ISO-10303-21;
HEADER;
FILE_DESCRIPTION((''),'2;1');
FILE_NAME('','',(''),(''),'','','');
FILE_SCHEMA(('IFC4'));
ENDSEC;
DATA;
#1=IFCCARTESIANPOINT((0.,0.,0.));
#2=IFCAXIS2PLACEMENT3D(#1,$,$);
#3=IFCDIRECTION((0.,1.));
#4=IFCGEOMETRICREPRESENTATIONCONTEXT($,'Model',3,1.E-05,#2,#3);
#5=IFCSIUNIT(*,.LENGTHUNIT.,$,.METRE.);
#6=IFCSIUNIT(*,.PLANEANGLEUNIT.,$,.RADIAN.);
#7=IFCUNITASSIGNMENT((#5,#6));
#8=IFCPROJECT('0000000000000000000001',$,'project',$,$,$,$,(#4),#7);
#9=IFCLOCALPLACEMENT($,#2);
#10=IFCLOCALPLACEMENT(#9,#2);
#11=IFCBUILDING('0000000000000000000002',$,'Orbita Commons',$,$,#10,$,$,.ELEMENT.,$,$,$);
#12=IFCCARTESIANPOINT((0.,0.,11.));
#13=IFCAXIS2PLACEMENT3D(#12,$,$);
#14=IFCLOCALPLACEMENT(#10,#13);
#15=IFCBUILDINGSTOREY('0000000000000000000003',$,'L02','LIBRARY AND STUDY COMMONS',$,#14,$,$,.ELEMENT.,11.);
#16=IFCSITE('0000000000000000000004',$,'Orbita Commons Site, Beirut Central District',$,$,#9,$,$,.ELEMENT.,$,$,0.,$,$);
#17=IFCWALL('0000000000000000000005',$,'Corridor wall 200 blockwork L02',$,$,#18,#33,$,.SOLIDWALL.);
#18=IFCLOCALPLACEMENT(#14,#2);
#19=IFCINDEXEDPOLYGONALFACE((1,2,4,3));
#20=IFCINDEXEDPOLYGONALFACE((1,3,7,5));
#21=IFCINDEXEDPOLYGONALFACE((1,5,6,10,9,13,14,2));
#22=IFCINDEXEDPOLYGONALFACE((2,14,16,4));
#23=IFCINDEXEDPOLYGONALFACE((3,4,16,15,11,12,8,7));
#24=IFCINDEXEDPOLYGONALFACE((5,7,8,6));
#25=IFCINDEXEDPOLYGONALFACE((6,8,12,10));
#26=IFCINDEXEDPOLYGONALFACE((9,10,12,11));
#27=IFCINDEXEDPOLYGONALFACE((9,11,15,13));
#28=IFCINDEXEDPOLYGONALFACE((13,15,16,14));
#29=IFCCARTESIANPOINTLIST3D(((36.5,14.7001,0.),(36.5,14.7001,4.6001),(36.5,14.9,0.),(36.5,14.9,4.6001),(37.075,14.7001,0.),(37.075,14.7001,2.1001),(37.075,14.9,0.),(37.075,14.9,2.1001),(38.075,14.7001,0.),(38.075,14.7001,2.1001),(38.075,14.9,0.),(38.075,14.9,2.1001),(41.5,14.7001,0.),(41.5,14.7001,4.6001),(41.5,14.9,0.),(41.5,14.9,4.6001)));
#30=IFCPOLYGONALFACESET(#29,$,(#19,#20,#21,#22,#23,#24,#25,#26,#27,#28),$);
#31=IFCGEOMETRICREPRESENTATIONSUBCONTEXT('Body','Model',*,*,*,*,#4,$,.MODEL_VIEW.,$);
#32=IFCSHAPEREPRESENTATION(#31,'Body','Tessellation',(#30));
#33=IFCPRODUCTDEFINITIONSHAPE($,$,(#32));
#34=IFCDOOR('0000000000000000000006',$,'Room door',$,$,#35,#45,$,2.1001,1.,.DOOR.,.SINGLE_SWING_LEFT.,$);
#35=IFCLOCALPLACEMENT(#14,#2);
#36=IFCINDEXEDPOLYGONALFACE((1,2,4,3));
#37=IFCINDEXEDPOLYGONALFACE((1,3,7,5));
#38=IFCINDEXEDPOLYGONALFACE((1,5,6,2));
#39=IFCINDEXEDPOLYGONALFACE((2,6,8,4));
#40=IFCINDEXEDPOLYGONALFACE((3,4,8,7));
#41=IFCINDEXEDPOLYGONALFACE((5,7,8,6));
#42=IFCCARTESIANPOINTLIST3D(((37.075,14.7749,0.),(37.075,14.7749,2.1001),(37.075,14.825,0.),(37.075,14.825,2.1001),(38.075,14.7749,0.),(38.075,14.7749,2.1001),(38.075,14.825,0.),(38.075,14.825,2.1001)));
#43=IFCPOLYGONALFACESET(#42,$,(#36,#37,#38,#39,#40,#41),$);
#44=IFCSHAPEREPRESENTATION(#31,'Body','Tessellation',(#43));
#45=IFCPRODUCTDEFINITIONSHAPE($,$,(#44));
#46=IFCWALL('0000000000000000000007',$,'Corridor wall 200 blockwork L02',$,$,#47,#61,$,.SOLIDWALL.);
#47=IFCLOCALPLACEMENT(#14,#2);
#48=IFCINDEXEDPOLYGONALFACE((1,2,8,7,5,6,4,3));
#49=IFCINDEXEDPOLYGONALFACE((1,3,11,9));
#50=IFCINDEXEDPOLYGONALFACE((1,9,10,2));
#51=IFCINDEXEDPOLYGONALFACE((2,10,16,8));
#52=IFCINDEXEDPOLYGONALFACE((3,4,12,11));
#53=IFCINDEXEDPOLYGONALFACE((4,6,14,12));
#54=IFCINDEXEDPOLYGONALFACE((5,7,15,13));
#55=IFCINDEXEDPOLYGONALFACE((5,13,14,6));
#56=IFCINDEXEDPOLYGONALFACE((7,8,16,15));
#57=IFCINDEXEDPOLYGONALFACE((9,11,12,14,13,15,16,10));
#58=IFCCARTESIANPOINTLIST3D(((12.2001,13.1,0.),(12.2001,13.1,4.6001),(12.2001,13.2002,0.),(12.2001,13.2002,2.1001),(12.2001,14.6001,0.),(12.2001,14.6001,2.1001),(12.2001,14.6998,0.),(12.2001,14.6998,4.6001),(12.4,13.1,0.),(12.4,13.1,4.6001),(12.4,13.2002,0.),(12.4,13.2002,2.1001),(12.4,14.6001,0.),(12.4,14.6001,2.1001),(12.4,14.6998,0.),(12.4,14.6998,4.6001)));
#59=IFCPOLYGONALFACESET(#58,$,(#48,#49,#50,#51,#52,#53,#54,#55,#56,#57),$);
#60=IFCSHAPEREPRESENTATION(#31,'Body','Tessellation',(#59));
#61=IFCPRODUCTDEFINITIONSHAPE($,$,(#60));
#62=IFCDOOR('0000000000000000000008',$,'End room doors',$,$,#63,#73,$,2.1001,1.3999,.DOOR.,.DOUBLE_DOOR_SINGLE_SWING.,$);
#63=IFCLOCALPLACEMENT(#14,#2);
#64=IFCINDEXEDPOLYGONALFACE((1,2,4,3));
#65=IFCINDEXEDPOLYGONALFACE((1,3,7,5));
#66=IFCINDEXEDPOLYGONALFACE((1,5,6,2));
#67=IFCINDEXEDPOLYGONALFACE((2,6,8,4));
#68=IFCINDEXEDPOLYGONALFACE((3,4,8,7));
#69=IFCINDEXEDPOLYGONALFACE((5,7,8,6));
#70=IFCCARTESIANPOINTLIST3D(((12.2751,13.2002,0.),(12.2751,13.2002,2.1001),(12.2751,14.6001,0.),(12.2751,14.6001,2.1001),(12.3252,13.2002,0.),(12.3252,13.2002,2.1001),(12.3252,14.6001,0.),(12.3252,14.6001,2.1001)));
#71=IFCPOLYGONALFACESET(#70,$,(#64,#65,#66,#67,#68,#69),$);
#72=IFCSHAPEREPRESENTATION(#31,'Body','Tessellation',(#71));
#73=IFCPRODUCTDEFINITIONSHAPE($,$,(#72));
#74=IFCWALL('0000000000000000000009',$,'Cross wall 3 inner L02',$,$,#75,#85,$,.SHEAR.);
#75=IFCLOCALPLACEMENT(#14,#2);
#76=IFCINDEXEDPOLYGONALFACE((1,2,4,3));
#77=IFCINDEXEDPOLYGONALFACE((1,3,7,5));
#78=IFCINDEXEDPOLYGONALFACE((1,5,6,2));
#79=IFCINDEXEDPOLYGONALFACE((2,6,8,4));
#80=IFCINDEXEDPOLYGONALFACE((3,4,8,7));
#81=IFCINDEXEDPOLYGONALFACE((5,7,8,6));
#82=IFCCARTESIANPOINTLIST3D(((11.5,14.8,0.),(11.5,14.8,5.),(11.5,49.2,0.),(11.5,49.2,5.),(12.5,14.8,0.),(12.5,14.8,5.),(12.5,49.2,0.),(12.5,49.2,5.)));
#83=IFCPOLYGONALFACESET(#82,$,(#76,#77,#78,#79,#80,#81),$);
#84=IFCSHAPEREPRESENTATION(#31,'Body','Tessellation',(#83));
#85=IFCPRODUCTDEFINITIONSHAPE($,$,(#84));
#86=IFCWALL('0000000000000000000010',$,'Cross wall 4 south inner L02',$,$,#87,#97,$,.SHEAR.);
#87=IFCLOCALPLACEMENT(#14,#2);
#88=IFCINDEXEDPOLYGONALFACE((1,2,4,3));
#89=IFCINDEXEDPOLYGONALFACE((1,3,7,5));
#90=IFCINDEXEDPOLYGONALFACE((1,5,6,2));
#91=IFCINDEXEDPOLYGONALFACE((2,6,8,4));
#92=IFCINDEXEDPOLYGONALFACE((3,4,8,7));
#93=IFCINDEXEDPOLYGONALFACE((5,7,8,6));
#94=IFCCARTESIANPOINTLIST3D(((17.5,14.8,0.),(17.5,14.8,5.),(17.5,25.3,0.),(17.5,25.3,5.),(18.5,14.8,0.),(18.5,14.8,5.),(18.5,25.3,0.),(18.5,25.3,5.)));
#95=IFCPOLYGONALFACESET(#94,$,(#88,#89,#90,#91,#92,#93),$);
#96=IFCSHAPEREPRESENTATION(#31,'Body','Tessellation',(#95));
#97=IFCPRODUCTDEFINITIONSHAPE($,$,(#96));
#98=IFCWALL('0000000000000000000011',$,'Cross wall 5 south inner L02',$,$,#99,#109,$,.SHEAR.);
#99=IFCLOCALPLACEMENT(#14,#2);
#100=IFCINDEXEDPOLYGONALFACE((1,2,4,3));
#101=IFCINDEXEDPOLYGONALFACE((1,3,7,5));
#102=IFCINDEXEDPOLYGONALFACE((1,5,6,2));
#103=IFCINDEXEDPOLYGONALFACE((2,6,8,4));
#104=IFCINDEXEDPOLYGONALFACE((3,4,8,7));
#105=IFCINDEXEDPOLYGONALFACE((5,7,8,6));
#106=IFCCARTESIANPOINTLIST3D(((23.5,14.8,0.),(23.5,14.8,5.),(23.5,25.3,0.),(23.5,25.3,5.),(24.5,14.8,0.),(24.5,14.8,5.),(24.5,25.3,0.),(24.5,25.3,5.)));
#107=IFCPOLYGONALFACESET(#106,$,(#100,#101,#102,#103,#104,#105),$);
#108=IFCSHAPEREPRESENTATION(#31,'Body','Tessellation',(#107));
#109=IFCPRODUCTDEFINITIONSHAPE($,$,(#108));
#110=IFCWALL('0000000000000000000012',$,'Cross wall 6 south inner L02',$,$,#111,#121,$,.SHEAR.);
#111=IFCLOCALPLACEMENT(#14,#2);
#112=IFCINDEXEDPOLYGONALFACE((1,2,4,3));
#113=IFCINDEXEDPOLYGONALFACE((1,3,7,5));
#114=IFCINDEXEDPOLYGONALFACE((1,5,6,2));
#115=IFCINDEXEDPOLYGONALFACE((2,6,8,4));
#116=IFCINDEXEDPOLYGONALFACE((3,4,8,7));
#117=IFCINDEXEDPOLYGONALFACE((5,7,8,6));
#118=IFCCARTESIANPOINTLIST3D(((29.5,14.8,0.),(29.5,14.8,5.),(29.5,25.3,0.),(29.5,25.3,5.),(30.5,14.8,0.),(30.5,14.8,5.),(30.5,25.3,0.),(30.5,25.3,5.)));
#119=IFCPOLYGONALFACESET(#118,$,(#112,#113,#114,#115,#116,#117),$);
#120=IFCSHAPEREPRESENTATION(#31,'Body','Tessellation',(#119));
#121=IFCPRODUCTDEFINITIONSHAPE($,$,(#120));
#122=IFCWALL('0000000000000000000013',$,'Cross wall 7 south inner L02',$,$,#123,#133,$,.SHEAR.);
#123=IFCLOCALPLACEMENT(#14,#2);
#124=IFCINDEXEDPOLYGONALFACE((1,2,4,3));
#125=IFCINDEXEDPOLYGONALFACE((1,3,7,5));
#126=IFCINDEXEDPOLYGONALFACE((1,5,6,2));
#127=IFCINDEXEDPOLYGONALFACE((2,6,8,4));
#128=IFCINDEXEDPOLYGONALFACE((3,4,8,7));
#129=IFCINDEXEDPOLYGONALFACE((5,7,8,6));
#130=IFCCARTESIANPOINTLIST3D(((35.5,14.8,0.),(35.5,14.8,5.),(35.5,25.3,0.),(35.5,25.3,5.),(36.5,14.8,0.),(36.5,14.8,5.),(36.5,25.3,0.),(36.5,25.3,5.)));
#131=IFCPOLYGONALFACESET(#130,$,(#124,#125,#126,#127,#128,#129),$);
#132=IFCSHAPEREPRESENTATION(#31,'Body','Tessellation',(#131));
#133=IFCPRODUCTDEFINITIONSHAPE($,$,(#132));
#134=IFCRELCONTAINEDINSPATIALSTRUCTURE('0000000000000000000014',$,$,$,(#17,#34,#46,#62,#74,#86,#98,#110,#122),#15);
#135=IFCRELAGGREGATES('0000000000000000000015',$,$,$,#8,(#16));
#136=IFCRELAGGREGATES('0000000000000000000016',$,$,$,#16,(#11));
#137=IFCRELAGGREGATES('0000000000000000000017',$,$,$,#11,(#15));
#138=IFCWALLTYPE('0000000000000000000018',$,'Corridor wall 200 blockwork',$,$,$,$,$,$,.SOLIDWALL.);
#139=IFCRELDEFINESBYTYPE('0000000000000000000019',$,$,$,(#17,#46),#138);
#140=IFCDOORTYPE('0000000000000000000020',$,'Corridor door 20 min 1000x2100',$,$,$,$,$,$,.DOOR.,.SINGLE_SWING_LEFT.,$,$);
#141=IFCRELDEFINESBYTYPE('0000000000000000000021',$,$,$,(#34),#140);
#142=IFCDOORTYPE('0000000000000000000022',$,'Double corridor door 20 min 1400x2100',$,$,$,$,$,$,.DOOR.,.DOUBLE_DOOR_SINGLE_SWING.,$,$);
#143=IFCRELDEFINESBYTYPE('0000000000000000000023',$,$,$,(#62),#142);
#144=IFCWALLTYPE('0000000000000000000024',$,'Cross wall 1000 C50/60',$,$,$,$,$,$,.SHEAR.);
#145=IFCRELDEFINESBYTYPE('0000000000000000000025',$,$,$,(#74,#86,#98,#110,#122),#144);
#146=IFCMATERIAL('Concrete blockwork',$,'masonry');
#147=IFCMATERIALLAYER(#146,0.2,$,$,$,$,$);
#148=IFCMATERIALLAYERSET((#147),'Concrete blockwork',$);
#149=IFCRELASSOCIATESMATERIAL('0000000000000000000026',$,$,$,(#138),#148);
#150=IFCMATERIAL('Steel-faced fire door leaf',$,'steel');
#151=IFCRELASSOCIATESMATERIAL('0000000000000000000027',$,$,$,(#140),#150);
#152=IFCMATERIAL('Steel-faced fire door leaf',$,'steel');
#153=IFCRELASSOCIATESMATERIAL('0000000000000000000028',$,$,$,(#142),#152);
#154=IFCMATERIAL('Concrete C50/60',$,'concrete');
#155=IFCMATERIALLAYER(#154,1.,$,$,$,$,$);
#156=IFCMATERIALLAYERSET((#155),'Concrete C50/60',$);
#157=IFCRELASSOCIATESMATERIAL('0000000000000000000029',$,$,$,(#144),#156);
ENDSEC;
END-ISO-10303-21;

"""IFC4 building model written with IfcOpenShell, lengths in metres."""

from ifc_helpers import new_model, si_unit, direction, frame, frame_2d, origin, place, context, subcontext, project, spatial, rectangle, extrude, material, layer, layer_set, type_object, element, fill, save


model = new_model("IFC4")

# Units and contexts
model_context = context("Model", 3, precision=1e-05, world=origin(), true_north=direction((0.0, 1.0)))
body_context = subcontext(model_context, "Body", "Model", "MODEL_VIEW")
ifc_project = project(units=[si_unit("LENGTHUNIT", "METRE"), si_unit("PLANEANGLEUNIT", "RADIAN")], contexts=[model_context])

# Site, building, storey
site_placement = place(None, origin())
site = spatial("IfcSite", under=ifc_project, at=site_placement, Name="Orbita Commons Site, Beirut Central District", CompositionType="ELEMENT", RefElevation=0.0)
building_placement = place(site_placement, origin())
building = spatial("IfcBuilding", under=site, at=building_placement, Name="Orbita Commons", CompositionType="ELEMENT")
storey_placement = place(building_placement, frame((0.0, 0.0, 11.0)))
storey = spatial("IfcBuildingStorey", under=building, at=storey_placement, Name="L02", Description="LIBRARY AND STUDY COMMONS", CompositionType="ELEMENT", Elevation=11.0)

# Shared definitions
ifc_material_1 = material(Name="Concrete blockwork", Category="masonry")
ifc_layer_1 = layer(ifc_material_1, 0.2)
ifc_layer_set_1 = layer_set([ifc_layer_1], Name="Concrete blockwork")
wall_type_1 = type_object("IfcWallType", Name="Corridor wall 200 blockwork", PredefinedType="SOLIDWALL", material=ifc_layer_set_1)

# Walls, openings, doors
ifc_material_2 = material(Name="Steel-faced fire door leaf", Category="steel")
door_type_1 = type_object("IfcDoorType", Name="Corridor door 20 min 1000x2100", OperationType="SINGLE_SWING_LEFT", PredefinedType="DOOR", material=ifc_material_2)
wall_1_placement = place(storey_placement, frame((36.5, 14.8, 0.0), z_axis=(0.0, 0.0, 1.0), x_axis=(1.0, 0.0, 0.0)))
wall_1 = element("IfcWall", 1, at=wall_1_placement, inside=storey, type_object=wall_type_1, Name="Corridor wall 200 blockwork L02", PredefinedType="SOLIDWALL", context=body_context, shape_type="SweptSolid", body=[
    extrude(rectangle(XDim=5.0, YDim=0.2, at=frame_2d((2.5, 0.0))), origin(), (0.0, 0.0, 1.0), 4.6001),
])
opening_1_placement = place(wall_1_placement, frame((0.575, 0.0, 0.0)))
opening_1 = element("IfcOpeningElement", 2, at=opening_1_placement, cuts=wall_1, PredefinedType="OPENING", context=body_context, shape_type="SweptSolid", body=[
    extrude(rectangle(XDim=1.0, YDim=2.1001, at=frame_2d((0.5, 1.05))), frame((0.0, 0.1099, 0.0), z_axis=(0.0, -1.0, 0.0), x_axis=(1.0, 0.0, 0.0)), (0.0, 0.0, 1.0), 0.22),
])
door_1_placement = place(opening_1_placement, origin())
door_1 = element("IfcDoor", 3, at=door_1_placement, inside=storey, type_object=door_type_1, Name="Room door", OperationType="SINGLE_SWING_LEFT", OverallHeight=2.1001, OverallWidth=1.0, PredefinedType="DOOR", context=body_context, shape_type="SweptSolid", body=[
    extrude(rectangle(XDim=1.0, YDim=2.1001, at=frame_2d((0.5, 1.05))), frame((0.0, 0.0249, 0.0), z_axis=(0.0, -1.0, 0.0), x_axis=(1.0, 0.0, 0.0)), (0.0, 0.0, 1.0), 0.05),
])
fill(opening_1, door_1)
wall_2_placement = place(storey_placement, frame((12.3, 13.1001, 0.0), z_axis=(0.0, 0.0, 1.0), x_axis=(0.0, 1.0, 0.0)))
wall_2 = element("IfcWall", 4, at=wall_2_placement, inside=storey, type_object=wall_type_1, Name="Corridor wall 200 blockwork L02", PredefinedType="SOLIDWALL", context=body_context, shape_type="SweptSolid", body=[
    extrude(rectangle(XDim=1.5999, YDim=0.2, at=frame_2d((0.7998, 0.0))), origin(), (0.0, 0.0, 1.0), 4.6001),
])
opening_2_placement = place(wall_2_placement, frame((0.1001, 0.0, 0.0)))
opening_2 = element("IfcOpeningElement", 5, at=opening_2_placement, cuts=wall_2, PredefinedType="OPENING", context=body_context, shape_type="SweptSolid", body=[
    extrude(rectangle(XDim=1.3999, YDim=2.1001, at=frame_2d((0.7, 1.05))), frame((0.0, 0.1099, 0.0), z_axis=(0.0, -1.0, 0.0), x_axis=(1.0, 0.0, 0.0)), (0.0, 0.0, 1.0), 0.22),
])
ifc_material_3 = material(Name="Steel-faced fire door leaf", Category="steel")
door_type_2 = type_object("IfcDoorType", Name="Double corridor door 20 min 1400x2100", OperationType="DOUBLE_DOOR_SINGLE_SWING", PredefinedType="DOOR", material=ifc_material_3)
door_2_placement = place(opening_2_placement, origin())
door_2 = element("IfcDoor", 6, at=door_2_placement, inside=storey, type_object=door_type_2, Name="End room doors", OperationType="DOUBLE_DOOR_SINGLE_SWING", OverallHeight=2.1001, OverallWidth=1.3999, PredefinedType="DOOR", context=body_context, shape_type="SweptSolid", body=[
    extrude(rectangle(XDim=1.3999, YDim=2.1001, at=frame_2d((0.7, 1.05))), frame((0.0, 0.0249, 0.0), z_axis=(0.0, -1.0, 0.0), x_axis=(1.0, 0.0, 0.0)), (0.0, 0.0, 1.0), 0.05),
])
fill(opening_2, door_2)

# Walls
ifc_material_4 = material(Name="Concrete C50/60", Category="concrete")
ifc_layer_2 = layer(ifc_material_4, 1.0)
ifc_layer_set_2 = layer_set([ifc_layer_2], Name="Concrete C50/60")
wall_type_2 = type_object("IfcWallType", Name="Cross wall 1000 C50/60", PredefinedType="SHEAR", material=ifc_layer_set_2)
wall_3_placement = place(storey_placement, frame((12.0, 14.8, 0.0), z_axis=(0.0, 0.0, 1.0), x_axis=(0.0, 1.0, 0.0)))
element("IfcWall", 7, at=wall_3_placement, inside=storey, type_object=wall_type_2, Name="Cross wall 3 inner L02", PredefinedType="SHEAR", context=body_context, shape_type="SweptSolid", body=[
    extrude(rectangle(XDim=34.3999, YDim=1.0, at=frame_2d((17.2, 0.0))), origin(), (0.0, 0.0, 1.0), 5.0),
])
for number, where, z_axis, x_axis, name in (
    (8, (18.0, 14.8, 0.0), (0.0, 0.0, 1.0), (0.0, 1.0, 0.0), "Cross wall 4 south inner L02"),
    (9, (24.0, 14.8, 0.0), (0.0, 0.0, 1.0), (0.0, 1.0, 0.0), "Cross wall 5 south inner L02"),
    (10, (30.0, 14.8, 0.0), (0.0, 0.0, 1.0), (0.0, 1.0, 0.0), "Cross wall 6 south inner L02"),
    (11, (36.0, 14.8, 0.0), (0.0, 0.0, 1.0), (0.0, 1.0, 0.0), "Cross wall 7 south inner L02"),
):
    element("IfcWall", number, at=place(storey_placement, frame(where, z_axis=z_axis, x_axis=x_axis)), inside=storey, type_object=wall_type_2, Name=name, PredefinedType="SHEAR", context=body_context, shape_type="SweptSolid", body=[
        extrude(rectangle(XDim=10.5, YDim=1.0, at=frame_2d((5.25, 0.0))), origin(), (0.0, 0.0, 1.0), 5.0),
    ])

save(model, "model.ifc")
